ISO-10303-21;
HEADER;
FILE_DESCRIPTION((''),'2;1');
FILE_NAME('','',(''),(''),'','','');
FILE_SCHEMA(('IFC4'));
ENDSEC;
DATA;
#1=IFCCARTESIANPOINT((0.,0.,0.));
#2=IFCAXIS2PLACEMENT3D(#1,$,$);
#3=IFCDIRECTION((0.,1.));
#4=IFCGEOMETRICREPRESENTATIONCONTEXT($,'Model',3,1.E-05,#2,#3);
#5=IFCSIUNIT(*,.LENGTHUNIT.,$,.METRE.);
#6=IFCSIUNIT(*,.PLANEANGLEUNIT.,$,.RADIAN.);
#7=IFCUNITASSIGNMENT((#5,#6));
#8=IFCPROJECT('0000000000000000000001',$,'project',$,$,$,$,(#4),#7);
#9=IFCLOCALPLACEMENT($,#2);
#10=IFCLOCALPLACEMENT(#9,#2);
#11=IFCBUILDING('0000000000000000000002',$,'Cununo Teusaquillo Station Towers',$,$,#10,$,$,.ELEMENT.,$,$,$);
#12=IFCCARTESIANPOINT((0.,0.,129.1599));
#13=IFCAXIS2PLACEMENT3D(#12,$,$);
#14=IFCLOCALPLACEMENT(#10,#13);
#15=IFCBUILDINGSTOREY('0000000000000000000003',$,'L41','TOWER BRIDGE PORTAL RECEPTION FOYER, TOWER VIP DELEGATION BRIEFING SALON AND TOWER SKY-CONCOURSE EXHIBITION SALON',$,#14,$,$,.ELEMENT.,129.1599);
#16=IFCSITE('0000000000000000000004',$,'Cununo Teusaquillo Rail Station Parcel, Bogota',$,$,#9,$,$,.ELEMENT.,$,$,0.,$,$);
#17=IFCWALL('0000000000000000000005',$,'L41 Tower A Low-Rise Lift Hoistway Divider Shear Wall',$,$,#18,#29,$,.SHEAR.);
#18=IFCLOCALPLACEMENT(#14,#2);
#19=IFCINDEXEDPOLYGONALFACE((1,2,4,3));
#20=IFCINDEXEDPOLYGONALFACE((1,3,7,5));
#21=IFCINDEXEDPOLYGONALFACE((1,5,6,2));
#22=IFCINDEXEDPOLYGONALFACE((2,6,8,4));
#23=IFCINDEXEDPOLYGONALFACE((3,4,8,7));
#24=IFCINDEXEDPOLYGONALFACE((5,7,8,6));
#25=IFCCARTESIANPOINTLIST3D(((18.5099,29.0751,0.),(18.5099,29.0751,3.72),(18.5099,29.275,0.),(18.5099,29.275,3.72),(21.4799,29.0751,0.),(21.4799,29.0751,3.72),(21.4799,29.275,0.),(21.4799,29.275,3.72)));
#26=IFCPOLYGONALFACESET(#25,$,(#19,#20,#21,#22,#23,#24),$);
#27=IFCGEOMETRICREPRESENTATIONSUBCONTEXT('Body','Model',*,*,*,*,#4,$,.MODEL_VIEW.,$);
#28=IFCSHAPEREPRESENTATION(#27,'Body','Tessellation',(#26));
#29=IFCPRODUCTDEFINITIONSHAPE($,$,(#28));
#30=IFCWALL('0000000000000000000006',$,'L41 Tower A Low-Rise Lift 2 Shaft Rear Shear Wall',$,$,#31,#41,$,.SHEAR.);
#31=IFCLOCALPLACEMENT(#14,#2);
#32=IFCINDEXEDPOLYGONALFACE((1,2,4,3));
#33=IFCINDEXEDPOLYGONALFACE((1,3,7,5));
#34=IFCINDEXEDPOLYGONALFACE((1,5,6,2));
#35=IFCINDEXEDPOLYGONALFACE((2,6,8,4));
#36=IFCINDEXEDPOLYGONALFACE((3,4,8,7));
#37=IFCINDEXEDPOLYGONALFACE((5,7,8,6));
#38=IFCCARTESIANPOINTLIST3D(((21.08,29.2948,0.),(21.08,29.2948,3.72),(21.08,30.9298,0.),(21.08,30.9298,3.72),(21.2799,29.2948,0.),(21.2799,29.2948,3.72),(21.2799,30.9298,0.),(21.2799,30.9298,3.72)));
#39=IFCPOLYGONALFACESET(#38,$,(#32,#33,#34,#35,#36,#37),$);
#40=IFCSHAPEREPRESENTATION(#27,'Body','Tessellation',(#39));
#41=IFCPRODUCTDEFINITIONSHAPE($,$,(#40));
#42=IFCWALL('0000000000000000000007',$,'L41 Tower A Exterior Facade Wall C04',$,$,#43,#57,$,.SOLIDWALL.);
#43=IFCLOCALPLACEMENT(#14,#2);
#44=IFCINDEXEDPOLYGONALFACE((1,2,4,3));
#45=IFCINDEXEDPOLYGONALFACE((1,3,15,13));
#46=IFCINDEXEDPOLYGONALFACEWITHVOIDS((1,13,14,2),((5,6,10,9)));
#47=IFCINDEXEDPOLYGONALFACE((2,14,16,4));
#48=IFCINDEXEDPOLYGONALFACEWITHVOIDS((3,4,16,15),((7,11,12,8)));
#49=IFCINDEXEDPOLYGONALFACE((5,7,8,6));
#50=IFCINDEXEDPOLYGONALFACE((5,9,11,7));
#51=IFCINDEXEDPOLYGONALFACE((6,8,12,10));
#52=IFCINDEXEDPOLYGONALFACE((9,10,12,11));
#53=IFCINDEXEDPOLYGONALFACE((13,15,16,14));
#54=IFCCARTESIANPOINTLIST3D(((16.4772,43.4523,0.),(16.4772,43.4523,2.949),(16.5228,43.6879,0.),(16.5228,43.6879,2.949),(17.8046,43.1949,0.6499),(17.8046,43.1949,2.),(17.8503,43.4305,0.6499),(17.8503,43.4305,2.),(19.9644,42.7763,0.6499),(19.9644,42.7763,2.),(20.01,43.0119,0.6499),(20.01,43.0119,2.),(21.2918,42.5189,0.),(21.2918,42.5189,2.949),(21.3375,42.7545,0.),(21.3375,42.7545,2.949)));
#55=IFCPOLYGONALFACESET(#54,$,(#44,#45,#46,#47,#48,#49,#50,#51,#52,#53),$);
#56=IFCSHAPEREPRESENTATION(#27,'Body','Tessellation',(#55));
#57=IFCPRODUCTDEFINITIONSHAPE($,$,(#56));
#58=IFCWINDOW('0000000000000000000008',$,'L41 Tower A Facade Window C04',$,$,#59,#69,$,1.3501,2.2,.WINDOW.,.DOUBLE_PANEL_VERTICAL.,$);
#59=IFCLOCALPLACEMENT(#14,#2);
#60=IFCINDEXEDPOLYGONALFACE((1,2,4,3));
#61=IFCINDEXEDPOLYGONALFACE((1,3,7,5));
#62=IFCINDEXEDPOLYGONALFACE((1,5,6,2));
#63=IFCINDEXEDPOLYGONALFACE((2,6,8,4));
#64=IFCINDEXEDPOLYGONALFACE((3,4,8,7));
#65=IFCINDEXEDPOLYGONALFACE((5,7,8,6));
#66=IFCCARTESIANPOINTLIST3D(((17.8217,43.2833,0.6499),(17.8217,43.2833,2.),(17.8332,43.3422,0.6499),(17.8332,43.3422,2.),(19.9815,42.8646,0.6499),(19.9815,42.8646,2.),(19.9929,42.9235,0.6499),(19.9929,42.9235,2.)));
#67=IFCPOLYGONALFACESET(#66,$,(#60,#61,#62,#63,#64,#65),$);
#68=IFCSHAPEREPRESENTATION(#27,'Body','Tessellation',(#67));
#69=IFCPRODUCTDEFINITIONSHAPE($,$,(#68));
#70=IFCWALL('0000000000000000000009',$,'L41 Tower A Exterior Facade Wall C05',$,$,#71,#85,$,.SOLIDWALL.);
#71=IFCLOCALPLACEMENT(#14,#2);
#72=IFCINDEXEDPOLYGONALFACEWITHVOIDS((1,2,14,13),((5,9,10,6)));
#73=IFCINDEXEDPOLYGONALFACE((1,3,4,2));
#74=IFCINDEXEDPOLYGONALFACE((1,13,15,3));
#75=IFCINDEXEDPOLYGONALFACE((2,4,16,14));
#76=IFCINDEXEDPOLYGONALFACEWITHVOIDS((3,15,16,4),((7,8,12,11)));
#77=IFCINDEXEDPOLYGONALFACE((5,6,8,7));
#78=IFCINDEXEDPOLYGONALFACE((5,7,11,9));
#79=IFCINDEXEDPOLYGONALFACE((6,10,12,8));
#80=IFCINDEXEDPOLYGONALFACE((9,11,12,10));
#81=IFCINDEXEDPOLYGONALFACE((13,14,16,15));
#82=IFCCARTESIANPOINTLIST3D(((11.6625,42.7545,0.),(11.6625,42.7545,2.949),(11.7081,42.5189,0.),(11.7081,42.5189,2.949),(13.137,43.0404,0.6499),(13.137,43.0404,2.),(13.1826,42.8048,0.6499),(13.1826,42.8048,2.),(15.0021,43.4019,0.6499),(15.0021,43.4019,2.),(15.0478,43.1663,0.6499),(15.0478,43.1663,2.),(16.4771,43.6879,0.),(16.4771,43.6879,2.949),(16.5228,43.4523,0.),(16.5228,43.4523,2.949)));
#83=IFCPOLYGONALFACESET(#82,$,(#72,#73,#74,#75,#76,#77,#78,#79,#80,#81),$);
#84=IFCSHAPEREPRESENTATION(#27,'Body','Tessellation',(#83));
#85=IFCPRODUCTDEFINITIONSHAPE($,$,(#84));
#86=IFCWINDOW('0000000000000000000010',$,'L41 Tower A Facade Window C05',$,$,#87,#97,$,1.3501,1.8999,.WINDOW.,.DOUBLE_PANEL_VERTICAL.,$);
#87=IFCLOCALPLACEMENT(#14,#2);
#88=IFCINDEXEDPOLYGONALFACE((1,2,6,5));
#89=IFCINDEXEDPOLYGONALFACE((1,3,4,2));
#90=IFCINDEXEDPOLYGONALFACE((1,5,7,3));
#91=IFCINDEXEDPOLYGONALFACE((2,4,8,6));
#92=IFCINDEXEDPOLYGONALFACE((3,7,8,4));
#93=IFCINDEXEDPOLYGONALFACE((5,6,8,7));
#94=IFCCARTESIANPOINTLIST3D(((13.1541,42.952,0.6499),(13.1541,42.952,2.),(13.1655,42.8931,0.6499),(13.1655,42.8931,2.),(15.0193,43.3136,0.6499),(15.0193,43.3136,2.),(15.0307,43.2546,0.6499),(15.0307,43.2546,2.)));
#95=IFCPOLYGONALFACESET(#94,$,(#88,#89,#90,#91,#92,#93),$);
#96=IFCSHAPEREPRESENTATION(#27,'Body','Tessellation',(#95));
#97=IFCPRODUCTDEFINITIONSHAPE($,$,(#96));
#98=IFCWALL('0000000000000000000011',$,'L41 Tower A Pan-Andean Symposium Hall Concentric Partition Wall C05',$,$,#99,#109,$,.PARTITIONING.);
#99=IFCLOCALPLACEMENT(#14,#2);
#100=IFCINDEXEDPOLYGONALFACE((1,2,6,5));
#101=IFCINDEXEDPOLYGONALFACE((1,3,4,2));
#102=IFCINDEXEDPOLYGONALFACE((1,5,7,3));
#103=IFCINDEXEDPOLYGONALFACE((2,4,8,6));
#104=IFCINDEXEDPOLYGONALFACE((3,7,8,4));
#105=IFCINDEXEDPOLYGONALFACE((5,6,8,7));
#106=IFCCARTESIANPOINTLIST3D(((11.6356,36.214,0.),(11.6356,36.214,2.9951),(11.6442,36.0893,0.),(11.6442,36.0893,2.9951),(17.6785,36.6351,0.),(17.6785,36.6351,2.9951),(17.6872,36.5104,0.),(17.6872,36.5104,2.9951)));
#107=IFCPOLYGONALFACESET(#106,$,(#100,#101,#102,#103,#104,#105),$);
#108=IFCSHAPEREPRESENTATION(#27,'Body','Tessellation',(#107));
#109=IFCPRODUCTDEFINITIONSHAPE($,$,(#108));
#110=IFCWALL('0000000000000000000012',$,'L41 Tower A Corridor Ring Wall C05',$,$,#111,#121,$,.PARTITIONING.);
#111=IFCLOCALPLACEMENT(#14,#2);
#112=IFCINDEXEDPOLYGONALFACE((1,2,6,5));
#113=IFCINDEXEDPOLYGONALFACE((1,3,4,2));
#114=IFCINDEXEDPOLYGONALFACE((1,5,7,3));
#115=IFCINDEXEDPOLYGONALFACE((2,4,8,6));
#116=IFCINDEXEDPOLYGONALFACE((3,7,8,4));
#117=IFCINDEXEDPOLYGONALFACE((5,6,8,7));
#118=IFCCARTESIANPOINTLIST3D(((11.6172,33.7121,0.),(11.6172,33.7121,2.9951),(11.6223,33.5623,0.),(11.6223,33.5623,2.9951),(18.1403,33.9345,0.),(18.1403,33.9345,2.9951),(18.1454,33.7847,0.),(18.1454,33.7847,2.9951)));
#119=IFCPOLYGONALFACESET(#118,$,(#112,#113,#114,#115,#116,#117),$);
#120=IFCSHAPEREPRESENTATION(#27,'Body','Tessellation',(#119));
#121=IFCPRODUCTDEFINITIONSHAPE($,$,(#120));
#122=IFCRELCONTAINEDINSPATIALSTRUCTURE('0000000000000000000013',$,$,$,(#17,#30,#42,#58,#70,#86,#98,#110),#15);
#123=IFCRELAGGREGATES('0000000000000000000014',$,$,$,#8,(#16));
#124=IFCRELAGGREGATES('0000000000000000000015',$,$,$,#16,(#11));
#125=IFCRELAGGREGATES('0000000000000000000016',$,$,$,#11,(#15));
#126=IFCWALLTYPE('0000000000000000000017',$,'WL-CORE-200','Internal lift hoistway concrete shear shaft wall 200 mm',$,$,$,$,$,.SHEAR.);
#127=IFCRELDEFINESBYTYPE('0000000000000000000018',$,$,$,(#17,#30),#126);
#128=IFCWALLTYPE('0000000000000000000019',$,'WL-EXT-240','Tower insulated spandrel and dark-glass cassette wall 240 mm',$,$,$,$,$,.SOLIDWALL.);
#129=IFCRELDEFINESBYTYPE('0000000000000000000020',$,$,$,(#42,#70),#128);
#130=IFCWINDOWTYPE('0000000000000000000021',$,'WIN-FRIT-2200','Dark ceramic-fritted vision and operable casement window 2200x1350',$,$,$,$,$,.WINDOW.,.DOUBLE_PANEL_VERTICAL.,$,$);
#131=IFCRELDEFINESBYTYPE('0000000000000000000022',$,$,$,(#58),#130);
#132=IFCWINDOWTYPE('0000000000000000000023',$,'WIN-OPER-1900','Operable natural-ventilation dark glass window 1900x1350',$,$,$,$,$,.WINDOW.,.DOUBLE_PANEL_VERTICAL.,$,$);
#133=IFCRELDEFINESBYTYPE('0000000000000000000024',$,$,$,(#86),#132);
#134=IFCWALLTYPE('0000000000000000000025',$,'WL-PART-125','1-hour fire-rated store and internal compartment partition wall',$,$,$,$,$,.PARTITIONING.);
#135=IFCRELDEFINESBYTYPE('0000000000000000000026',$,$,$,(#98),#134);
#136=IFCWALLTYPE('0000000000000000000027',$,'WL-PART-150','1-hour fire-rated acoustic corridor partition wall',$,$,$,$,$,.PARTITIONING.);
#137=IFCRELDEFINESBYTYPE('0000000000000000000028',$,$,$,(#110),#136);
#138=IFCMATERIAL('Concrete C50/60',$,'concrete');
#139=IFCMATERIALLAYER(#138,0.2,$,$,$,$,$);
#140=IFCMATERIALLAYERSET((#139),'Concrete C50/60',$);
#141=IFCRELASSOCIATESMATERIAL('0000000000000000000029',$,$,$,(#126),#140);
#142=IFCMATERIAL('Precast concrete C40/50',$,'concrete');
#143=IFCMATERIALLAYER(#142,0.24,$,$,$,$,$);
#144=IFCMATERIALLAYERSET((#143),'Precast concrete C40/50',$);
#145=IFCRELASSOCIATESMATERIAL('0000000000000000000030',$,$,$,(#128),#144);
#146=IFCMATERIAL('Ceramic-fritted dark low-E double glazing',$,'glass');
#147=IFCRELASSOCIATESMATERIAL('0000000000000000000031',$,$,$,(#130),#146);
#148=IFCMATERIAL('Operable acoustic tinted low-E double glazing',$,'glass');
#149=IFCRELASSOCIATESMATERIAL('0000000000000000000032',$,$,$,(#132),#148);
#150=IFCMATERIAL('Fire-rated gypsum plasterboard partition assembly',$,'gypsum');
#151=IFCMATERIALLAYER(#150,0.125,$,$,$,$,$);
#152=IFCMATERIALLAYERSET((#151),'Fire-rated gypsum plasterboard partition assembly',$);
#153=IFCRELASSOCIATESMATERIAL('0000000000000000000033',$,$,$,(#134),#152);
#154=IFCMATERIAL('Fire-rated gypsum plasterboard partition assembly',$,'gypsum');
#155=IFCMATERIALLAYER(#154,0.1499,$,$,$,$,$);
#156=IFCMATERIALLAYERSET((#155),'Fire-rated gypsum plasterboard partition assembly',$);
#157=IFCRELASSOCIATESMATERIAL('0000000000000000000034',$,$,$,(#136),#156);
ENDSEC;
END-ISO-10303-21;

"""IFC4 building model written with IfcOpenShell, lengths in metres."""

from ifc_helpers import new_model, si_unit, direction, frame, frame_2d, origin, place, context, subcontext, project, spatial, rectangle, extrude, source, transform, mapped, material, layer, layer_set, type_object, element, fill, save


model = new_model("IFC4")

# Units and contexts
model_context = context("Model", 3, precision=1e-05, world=origin(), true_north=direction((0.0, 1.0)))
body_context = subcontext(model_context, "Body", "Model", "MODEL_VIEW")
ifc_project = project(units=[si_unit("LENGTHUNIT", "METRE"), si_unit("PLANEANGLEUNIT", "RADIAN")], contexts=[model_context])

# Site, building, storey
site_placement = place(None, origin())
site = spatial("IfcSite", under=ifc_project, at=site_placement, Name="Cununo Teusaquillo Rail Station Parcel, Bogota", CompositionType="ELEMENT", RefElevation=0.0)
building_placement = place(site_placement, origin())
building = spatial("IfcBuilding", under=site, at=building_placement, Name="Cununo Teusaquillo Station Towers", CompositionType="ELEMENT")
storey_placement = place(building_placement, frame((0.0, 0.0, 129.1599)))
storey = spatial("IfcBuildingStorey", under=building, at=storey_placement, Name="L41", Description="TOWER BRIDGE PORTAL RECEPTION FOYER, TOWER VIP DELEGATION BRIEFING SALON AND TOWER SKY-CONCOURSE EXHIBITION SALON", CompositionType="ELEMENT", Elevation=129.1599)

# Walls
ifc_material_1 = material(Name="Concrete C50/60", Category="concrete")
ifc_layer_1 = layer(ifc_material_1, 0.2)
ifc_layer_set_1 = layer_set([ifc_layer_1], Name="Concrete C50/60")
wall_type_1 = type_object("IfcWallType", Name="WL-CORE-200", Description="Internal lift hoistway concrete shear shaft wall 200 mm", PredefinedType="SHEAR", material=ifc_layer_set_1)
wall_1_placement = place(storey_placement, frame((18.51, 29.175, 0.0), z_axis=(0.0, 0.0, 1.0), x_axis=(1.0, 0.0, 0.0)))
element("IfcWall", 1, at=wall_1_placement, inside=storey, type_object=wall_type_1, Name="L41 Tower A Low-Rise Lift Hoistway Divider Shear Wall", PredefinedType="SHEAR", context=body_context, shape_type="SweptSolid", body=[
    extrude(rectangle(XDim=2.97, YDim=0.2, at=frame_2d((1.4849, 0.0))), origin(), (0.0, 0.0, 1.0), 3.72),
])
wall_2_placement = place(storey_placement, frame((21.1799, 29.2949, 0.0), z_axis=(0.0, 0.0, 1.0), x_axis=(0.0, 1.0, 0.0)))
element("IfcWall", 2, at=wall_2_placement, inside=storey, type_object=wall_type_1, Name="L41 Tower A Low-Rise Lift 2 Shaft Rear Shear Wall", PredefinedType="SHEAR", context=body_context, shape_type="SweptSolid", body=[
    extrude(rectangle(XDim=1.635, YDim=0.2, at=frame_2d((0.8174, 0.0))), origin(), (0.0, 0.0, 1.0), 3.72),
])

# Walls, openings, windows
ifc_material_2 = material(Name="Precast concrete C40/50", Category="concrete")
ifc_layer_2 = layer(ifc_material_2, 0.24)
ifc_layer_set_2 = layer_set([ifc_layer_2], Name="Precast concrete C40/50")
wall_type_2 = type_object("IfcWallType", Name="WL-EXT-240", Description="Tower insulated spandrel and dark-glass cassette wall 240 mm", PredefinedType="SOLIDWALL", material=ifc_layer_set_2)
wall_3_placement = place(storey_placement, frame((16.5, 43.5701, 0.0), z_axis=(0.0, 0.0, 1.0), x_axis=(0.981724, -0.190311, 0.0)))
wall_3 = element("IfcWall", 3, at=wall_3_placement, inside=storey, type_object=wall_type_2, Name="L41 Tower A Exterior Facade Wall C04", PredefinedType="SOLIDWALL", context=body_context, shape_type="SweptSolid", body=[
    extrude(rectangle(XDim=4.9043, YDim=0.24, at=frame_2d((2.4521, 0.0))), origin(), (0.0, 0.0, 1.0), 2.949),
])
shared_shape_1 = source(origin(), body_context, "Body", "SweptSolid", [
    extrude(rectangle(XDim=2.2, YDim=1.3501, at=frame_2d((1.1001, 0.675))), frame((0.0, 0.1299, 0.0), z_axis=(0.0, -1.0, 0.0), x_axis=(1.0, 0.0, 0.0)), (0.0, 0.0, 1.0), 0.26),
])
opening_1_placement = place(wall_3_placement, frame((1.3521, 0.0, 0.6499)))
opening_1 = element("IfcOpeningElement", 4, at=opening_1_placement, cuts=wall_3, PredefinedType="OPENING", context=body_context, shape_type="MappedRepresentation", body=[
    mapped(shared_shape_1, transform((0.0, 0.0, 0.0), x_axis=(1.0, 0.0, 0.0), y_axis=(0.0, 1.0, 0.0), z_axis=(0.0, 0.0, 1.0), scale=1.0)),
])
ifc_material_3 = material(Name="Ceramic-fritted dark low-E double glazing", Category="glass")
window_type_1 = type_object("IfcWindowType", Name="WIN-FRIT-2200", Description="Dark ceramic-fritted vision and operable casement window 2200x1350", PartitioningType="DOUBLE_PANEL_VERTICAL", PredefinedType="WINDOW", material=ifc_material_3)
shared_shape_2 = source(origin(), body_context, "Body", "SweptSolid", [
    extrude(rectangle(XDim=2.2, YDim=1.3501, at=frame_2d((1.1001, 0.675))), frame((0.0, 0.03, 0.0), z_axis=(0.0, -1.0, 0.0), x_axis=(1.0, 0.0, 0.0)), (0.0, 0.0, 1.0), 0.0601),
])
window_1_placement = place(opening_1_placement, origin())
window_1 = element("IfcWindow", 5, at=window_1_placement, inside=storey, type_object=window_type_1, Name="L41 Tower A Facade Window C04", OverallHeight=1.3501, OverallWidth=2.2, PartitioningType="DOUBLE_PANEL_VERTICAL", PredefinedType="WINDOW", context=body_context, shape_type="MappedRepresentation", body=[
    mapped(shared_shape_2, transform((0.0, 0.0, 0.0), x_axis=(1.0, 0.0, 0.0), y_axis=(0.0, 1.0, 0.0), z_axis=(0.0, 0.0, 1.0), scale=1.0)),
])
fill(opening_1, window_1)
wall_4_placement = place(storey_placement, frame((11.6853, 42.6367, 0.0), z_axis=(0.0, 0.0, 1.0), x_axis=(0.981724, 0.190311, 0.0)))
wall_4 = element("IfcWall", 6, at=wall_4_placement, inside=storey, type_object=wall_type_2, Name="L41 Tower A Exterior Facade Wall C05", PredefinedType="SOLIDWALL", context=body_context, shape_type="SweptSolid", body=[
    extrude(rectangle(XDim=4.9043, YDim=0.24, at=frame_2d((2.4521, 0.0))), origin(), (0.0, 0.0, 1.0), 2.949),
])
shared_shape_3 = source(origin(), body_context, "Body", "SweptSolid", [
    extrude(rectangle(XDim=1.8999, YDim=1.3501, at=frame_2d((0.95, 0.675))), frame((0.0, 0.1299, 0.0), z_axis=(0.0, -1.0, 0.0), x_axis=(1.0, 0.0, 0.0)), (0.0, 0.0, 1.0), 0.26),
])
opening_2_placement = place(wall_4_placement, frame((1.502, 0.0, 0.6499)))
opening_2 = element("IfcOpeningElement", 7, at=opening_2_placement, cuts=wall_4, PredefinedType="OPENING", context=body_context, shape_type="MappedRepresentation", body=[
    mapped(shared_shape_3, transform((0.0, 0.0, 0.0), x_axis=(1.0, 0.0, 0.0), y_axis=(0.0, 1.0, 0.0), z_axis=(0.0, 0.0, 1.0), scale=1.0)),
])
ifc_material_4 = material(Name="Operable acoustic tinted low-E double glazing", Category="glass")
window_type_2 = type_object("IfcWindowType", Name="WIN-OPER-1900", Description="Operable natural-ventilation dark glass window 1900x1350", PartitioningType="DOUBLE_PANEL_VERTICAL", PredefinedType="WINDOW", material=ifc_material_4)
shared_shape_4 = source(origin(), body_context, "Body", "SweptSolid", [
    extrude(rectangle(XDim=1.8999, YDim=1.3501, at=frame_2d((0.95, 0.675))), frame((0.0, 0.03, 0.0), z_axis=(0.0, -1.0, 0.0), x_axis=(1.0, 0.0, 0.0)), (0.0, 0.0, 1.0), 0.0601),
])
window_2_placement = place(opening_2_placement, origin())
window_2 = element("IfcWindow", 8, at=window_2_placement, inside=storey, type_object=window_type_2, Name="L41 Tower A Facade Window C05", OverallHeight=1.3501, OverallWidth=1.8999, PartitioningType="DOUBLE_PANEL_VERTICAL", PredefinedType="WINDOW", context=body_context, shape_type="MappedRepresentation", body=[
    mapped(shared_shape_4, transform((0.0, 0.0, 0.0), x_axis=(1.0, 0.0, 0.0), y_axis=(0.0, 1.0, 0.0), z_axis=(0.0, 0.0, 1.0), scale=1.0)),
])
fill(opening_2, window_2)

# Walls
ifc_material_5 = material(Name="Fire-rated gypsum plasterboard partition assembly", Category="gypsum")
ifc_layer_3 = layer(ifc_material_5, 0.125)
ifc_layer_set_3 = layer_set([ifc_layer_3], Name="Fire-rated gypsum plasterboard partition assembly")
wall_type_3 = type_object("IfcWallType", Name="WL-PART-125", Description="1-hour fire-rated store and internal compartment partition wall", PredefinedType="PARTITIONING", material=ifc_layer_set_3)
wall_5_placement = place(storey_placement, frame((17.6829, 36.5728, 0.0), z_axis=(0.0, 0.0, 1.0), x_axis=(-0.99758, -0.069523, 0.0)))
element("IfcWall", 9, at=wall_5_placement, inside=storey, type_object=wall_type_3, Name="L41 Tower A Pan-Andean Symposium Hall Concentric Partition Wall C05", PredefinedType="PARTITIONING", context=body_context, shape_type="SweptSolid", body=[
    extrude(rectangle(XDim=6.0576, YDim=0.125, at=frame_2d((3.0288, 0.0))), origin(), (0.0, 0.0, 1.0), 2.9951),
])
ifc_material_6 = material(Name="Fire-rated gypsum plasterboard partition assembly", Category="gypsum")
ifc_layer_4 = layer(ifc_material_6, 0.1499)
ifc_layer_set_4 = layer_set([ifc_layer_4], Name="Fire-rated gypsum plasterboard partition assembly")
wall_type_4 = type_object("IfcWallType", Name="WL-PART-150", Description="1-hour fire-rated acoustic corridor partition wall", PredefinedType="PARTITIONING", material=ifc_layer_set_4)
wall_6_placement = place(storey_placement, frame((18.1428, 33.8596, 0.0), z_axis=(0.0, 0.0, 1.0), x_axis=(-0.999419, -0.034077, 0.0)))
element("IfcWall", 10, at=wall_6_placement, inside=storey, type_object=wall_type_4, Name="L41 Tower A Corridor Ring Wall C05", PredefinedType="PARTITIONING", context=body_context, shape_type="SweptSolid", body=[
    extrude(rectangle(XDim=6.5269, YDim=0.1499, at=frame_2d((3.2634, 0.0))), origin(), (0.0, 0.0, 1.0), 2.9951),
])

save(model, "model.ifc")
